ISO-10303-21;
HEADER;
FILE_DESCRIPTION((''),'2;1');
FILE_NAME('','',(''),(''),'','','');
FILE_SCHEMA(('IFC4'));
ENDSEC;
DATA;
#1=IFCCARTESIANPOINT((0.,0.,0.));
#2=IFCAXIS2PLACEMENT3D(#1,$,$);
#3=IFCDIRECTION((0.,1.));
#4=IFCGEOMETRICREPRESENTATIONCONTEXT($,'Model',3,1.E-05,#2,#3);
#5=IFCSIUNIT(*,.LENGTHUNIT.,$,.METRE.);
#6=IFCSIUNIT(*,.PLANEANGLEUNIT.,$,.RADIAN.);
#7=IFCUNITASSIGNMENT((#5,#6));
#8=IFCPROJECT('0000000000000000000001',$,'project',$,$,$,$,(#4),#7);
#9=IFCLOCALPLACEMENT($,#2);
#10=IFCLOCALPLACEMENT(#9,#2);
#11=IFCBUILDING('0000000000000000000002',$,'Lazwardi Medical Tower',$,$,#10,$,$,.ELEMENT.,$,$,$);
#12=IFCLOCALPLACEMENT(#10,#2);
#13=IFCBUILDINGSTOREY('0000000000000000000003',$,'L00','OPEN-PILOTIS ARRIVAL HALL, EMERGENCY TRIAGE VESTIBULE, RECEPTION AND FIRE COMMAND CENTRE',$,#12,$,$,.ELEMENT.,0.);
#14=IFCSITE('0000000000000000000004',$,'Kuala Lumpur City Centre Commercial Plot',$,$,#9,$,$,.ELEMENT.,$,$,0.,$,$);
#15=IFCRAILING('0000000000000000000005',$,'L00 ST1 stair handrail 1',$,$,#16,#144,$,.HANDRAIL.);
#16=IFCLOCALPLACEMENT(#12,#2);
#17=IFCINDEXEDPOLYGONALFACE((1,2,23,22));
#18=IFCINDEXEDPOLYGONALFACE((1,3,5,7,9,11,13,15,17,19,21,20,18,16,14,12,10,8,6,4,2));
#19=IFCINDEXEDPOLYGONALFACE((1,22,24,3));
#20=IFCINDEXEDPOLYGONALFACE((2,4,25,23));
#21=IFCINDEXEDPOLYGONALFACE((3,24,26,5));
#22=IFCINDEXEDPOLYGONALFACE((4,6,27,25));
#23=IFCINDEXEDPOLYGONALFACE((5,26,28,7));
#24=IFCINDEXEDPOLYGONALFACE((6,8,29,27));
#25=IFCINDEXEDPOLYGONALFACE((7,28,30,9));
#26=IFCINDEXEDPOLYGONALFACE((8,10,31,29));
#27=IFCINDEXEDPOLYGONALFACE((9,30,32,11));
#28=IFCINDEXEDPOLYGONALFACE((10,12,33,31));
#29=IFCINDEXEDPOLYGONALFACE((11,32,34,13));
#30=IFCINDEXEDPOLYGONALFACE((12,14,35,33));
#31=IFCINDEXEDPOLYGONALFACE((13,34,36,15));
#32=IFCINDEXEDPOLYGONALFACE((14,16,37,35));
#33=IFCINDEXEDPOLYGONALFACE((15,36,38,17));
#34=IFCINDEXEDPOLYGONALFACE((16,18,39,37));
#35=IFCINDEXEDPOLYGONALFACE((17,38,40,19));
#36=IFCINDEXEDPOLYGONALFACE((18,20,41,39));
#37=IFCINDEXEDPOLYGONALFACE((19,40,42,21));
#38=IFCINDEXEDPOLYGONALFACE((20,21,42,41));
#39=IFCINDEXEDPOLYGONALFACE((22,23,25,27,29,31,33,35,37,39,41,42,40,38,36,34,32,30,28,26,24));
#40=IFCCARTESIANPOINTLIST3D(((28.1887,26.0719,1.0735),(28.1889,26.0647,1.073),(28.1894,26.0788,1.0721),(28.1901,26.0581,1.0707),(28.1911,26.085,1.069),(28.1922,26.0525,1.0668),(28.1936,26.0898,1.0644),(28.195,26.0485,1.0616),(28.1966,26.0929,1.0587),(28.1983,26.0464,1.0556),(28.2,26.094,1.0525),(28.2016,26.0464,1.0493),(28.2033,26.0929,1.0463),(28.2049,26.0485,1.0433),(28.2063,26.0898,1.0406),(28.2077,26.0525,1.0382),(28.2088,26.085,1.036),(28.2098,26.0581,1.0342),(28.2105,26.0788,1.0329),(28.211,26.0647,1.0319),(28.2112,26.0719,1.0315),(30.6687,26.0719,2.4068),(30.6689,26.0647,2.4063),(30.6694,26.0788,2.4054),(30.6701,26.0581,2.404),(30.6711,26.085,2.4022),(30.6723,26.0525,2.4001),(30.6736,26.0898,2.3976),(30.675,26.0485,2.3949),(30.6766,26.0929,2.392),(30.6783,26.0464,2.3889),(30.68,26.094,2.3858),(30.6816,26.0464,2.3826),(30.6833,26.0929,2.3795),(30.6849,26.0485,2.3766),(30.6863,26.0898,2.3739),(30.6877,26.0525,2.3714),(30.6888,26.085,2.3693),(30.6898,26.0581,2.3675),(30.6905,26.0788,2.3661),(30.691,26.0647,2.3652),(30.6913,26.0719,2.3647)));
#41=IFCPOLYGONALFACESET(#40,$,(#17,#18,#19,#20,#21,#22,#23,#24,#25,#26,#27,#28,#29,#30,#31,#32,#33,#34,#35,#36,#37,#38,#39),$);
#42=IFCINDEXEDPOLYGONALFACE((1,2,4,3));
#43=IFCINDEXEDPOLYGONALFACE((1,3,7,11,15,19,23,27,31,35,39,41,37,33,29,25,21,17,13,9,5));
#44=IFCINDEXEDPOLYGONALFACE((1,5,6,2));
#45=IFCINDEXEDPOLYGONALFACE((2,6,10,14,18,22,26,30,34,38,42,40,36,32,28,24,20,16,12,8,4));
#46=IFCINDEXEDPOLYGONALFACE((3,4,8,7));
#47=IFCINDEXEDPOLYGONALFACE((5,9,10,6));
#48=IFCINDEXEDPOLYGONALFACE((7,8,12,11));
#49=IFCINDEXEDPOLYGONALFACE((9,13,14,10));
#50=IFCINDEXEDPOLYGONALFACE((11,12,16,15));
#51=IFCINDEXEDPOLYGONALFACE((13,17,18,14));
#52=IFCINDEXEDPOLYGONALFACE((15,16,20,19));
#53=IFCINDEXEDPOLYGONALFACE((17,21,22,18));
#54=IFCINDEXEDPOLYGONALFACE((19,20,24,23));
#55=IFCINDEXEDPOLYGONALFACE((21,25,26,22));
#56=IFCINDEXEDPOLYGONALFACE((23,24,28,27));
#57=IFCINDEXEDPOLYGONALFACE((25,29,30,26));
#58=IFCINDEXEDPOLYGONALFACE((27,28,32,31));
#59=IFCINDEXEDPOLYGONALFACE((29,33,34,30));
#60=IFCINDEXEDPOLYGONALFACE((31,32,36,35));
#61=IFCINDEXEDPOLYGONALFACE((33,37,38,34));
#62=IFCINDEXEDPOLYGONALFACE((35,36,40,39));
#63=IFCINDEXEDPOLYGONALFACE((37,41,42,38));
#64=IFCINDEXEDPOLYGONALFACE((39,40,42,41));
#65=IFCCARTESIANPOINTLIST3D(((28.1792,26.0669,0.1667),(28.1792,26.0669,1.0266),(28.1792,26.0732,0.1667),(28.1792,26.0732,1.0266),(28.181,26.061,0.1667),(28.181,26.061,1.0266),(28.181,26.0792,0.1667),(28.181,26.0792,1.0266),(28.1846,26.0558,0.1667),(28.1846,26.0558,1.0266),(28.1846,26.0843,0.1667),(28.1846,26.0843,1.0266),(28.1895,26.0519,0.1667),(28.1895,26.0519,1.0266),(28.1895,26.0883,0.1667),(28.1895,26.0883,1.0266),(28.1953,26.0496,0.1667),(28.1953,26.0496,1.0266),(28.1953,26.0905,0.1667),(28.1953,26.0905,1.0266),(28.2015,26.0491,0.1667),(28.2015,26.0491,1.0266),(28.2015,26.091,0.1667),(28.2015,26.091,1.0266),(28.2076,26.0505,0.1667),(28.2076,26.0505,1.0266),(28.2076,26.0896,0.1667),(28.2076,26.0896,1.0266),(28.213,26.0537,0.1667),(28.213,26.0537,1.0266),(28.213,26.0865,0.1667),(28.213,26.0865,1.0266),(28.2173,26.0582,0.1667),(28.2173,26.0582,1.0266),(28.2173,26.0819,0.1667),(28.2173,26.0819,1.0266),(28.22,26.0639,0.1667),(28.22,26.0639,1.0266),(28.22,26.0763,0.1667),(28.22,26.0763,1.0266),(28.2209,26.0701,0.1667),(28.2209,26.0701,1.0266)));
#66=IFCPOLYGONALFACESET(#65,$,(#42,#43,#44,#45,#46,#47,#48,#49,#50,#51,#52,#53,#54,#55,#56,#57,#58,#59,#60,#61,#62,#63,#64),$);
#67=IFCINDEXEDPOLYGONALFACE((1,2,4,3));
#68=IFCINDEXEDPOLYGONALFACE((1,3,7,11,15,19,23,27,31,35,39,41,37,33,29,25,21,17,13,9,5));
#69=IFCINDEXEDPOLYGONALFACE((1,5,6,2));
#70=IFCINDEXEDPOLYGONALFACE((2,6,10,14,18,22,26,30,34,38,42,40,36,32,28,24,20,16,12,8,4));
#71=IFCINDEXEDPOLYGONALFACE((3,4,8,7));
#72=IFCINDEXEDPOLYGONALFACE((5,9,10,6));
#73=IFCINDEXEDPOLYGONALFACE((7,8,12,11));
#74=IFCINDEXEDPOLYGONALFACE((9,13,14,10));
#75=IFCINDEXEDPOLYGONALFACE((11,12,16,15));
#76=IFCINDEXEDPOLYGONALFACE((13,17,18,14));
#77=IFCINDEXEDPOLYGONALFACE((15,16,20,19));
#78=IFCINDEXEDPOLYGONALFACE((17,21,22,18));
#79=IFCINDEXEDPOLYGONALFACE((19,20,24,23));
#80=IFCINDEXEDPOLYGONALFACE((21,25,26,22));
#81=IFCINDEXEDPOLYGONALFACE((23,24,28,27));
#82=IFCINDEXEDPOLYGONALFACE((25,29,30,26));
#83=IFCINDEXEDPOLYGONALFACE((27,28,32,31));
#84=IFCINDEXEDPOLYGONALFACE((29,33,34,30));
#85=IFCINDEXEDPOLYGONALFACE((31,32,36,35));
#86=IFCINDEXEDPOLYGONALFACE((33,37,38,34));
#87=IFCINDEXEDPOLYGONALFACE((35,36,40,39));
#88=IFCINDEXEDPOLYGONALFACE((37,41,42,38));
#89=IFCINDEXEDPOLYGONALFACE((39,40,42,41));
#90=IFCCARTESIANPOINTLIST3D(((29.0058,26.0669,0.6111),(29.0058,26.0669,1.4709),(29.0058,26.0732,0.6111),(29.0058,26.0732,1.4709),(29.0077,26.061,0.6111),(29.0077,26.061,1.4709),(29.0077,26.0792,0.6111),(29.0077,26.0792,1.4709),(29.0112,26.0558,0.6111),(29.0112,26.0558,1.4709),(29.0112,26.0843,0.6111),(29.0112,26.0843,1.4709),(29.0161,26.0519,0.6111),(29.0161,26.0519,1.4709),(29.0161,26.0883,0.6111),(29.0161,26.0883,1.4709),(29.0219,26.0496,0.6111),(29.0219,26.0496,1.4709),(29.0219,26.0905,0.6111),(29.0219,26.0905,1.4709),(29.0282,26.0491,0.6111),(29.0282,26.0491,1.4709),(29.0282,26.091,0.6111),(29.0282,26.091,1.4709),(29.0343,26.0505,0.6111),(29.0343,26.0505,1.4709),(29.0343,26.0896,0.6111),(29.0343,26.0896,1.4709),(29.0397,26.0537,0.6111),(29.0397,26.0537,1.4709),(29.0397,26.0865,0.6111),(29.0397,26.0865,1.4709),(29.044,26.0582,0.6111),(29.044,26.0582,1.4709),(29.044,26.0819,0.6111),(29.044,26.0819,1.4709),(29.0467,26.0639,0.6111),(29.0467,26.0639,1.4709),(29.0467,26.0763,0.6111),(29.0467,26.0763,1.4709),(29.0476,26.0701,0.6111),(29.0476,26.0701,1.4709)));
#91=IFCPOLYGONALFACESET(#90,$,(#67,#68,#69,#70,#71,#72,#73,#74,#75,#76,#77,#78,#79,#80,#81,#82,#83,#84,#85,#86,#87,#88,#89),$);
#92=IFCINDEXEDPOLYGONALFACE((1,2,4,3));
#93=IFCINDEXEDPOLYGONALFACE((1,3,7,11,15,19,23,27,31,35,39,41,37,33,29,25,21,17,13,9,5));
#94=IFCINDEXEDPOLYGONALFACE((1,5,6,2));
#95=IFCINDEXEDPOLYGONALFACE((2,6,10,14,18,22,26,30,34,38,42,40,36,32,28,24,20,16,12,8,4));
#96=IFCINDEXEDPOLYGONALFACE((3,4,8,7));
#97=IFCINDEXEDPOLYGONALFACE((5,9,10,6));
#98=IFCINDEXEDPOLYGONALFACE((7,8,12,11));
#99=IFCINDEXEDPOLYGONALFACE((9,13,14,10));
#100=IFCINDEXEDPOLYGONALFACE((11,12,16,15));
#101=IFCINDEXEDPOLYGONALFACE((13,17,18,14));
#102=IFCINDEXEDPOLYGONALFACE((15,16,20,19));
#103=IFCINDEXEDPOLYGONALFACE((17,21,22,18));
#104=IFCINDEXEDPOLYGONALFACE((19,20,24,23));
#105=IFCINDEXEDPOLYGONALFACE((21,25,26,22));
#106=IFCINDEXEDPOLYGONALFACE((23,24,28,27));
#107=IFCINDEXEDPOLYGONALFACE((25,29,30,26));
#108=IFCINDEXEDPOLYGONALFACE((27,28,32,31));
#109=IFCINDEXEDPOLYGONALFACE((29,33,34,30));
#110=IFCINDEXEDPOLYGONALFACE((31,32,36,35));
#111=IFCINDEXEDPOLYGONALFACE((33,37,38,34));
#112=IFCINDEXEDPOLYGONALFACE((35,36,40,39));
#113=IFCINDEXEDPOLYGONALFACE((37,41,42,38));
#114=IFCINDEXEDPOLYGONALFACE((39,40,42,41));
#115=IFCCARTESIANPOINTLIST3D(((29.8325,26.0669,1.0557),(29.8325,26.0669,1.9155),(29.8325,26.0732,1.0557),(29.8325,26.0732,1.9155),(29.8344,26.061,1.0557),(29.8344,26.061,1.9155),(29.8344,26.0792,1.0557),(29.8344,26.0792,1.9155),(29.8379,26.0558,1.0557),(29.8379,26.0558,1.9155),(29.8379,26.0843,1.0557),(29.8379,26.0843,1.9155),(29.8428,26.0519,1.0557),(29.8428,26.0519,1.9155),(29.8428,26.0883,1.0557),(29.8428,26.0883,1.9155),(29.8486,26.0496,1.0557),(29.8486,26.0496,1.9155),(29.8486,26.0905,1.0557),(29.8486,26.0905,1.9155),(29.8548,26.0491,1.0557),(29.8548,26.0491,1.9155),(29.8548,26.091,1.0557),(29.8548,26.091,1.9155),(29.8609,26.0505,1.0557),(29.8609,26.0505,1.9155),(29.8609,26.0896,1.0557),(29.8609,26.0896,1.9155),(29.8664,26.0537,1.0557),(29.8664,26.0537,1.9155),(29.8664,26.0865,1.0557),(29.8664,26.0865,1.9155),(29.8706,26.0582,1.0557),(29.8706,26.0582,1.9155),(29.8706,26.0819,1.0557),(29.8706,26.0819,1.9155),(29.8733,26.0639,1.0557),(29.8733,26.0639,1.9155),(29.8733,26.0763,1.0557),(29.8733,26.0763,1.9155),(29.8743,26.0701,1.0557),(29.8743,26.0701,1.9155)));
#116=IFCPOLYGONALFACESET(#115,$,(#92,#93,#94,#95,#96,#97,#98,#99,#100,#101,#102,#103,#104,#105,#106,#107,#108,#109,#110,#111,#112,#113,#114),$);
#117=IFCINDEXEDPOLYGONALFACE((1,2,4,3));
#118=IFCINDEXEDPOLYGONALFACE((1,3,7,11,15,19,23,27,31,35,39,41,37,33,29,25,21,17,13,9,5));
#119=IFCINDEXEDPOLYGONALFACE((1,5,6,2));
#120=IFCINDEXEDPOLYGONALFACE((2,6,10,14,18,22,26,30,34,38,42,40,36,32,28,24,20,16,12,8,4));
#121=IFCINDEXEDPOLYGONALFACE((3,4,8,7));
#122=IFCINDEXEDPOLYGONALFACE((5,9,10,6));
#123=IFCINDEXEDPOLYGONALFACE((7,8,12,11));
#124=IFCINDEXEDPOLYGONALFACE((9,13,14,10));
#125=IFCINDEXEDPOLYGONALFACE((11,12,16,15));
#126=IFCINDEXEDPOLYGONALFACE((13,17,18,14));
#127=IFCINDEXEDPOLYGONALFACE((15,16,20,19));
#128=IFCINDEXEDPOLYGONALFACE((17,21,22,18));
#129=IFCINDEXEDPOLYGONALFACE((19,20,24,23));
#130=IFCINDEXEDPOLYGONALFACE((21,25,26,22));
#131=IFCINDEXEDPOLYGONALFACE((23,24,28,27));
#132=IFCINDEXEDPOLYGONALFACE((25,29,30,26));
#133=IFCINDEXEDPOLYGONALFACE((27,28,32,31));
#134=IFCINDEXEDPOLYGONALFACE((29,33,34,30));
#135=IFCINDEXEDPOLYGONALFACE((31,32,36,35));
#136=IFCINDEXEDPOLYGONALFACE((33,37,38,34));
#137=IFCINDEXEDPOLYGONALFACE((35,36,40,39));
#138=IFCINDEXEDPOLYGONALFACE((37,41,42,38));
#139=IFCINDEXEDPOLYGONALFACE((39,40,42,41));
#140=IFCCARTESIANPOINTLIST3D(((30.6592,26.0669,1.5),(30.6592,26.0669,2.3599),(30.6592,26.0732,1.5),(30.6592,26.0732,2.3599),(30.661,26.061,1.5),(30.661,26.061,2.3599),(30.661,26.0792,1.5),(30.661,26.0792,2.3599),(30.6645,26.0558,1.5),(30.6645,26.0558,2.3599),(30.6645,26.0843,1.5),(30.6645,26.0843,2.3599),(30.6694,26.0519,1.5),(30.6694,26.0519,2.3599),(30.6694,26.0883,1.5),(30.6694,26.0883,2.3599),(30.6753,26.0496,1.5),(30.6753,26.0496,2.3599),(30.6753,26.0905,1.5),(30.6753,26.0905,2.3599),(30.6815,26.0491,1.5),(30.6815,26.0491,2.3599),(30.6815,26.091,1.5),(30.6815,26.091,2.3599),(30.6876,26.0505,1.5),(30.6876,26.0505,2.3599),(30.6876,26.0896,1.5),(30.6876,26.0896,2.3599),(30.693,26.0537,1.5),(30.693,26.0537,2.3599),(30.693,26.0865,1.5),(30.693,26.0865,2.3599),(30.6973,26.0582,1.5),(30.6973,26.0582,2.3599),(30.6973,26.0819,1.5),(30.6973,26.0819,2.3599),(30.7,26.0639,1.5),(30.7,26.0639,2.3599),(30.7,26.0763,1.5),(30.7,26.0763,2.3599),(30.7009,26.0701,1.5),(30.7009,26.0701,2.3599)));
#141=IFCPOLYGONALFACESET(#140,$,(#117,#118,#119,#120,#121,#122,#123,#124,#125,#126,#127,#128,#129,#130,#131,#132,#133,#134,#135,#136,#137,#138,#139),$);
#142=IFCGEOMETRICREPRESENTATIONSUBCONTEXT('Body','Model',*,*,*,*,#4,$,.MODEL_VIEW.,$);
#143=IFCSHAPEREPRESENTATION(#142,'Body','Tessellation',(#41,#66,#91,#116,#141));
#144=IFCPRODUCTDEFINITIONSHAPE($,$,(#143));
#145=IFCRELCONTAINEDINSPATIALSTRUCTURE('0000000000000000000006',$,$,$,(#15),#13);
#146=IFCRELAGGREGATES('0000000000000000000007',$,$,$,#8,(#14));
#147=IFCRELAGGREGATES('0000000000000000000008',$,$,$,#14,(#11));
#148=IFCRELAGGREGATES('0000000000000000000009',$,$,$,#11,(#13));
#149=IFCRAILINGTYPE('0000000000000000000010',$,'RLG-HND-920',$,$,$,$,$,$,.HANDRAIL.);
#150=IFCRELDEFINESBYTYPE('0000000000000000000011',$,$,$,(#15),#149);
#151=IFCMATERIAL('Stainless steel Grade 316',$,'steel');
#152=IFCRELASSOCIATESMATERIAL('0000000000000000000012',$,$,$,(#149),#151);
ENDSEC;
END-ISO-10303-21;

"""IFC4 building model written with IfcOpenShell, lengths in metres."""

from ifc_helpers import new_model, si_unit, direction, frame, origin, origin_2d, place, context, subcontext, project, spatial, circle, extrude, material, type_object, element, save


model = new_model("IFC4")

# Units and contexts
model_context = context("Model", 3, precision=1e-05, world=origin(), true_north=direction((0.0, 1.0)))
body_context = subcontext(model_context, "Body", "Model", "MODEL_VIEW")
ifc_project = project(units=[si_unit("LENGTHUNIT", "METRE"), si_unit("PLANEANGLEUNIT", "RADIAN")], contexts=[model_context])

# Site, building, storey
site_placement = place(None, origin())
site = spatial("IfcSite", under=ifc_project, at=site_placement, Name="Kuala Lumpur City Centre Commercial Plot", CompositionType="ELEMENT", RefElevation=0.0)
building_placement = place(site_placement, origin())
building = spatial("IfcBuilding", under=site, at=building_placement, Name="Lazwardi Medical Tower", CompositionType="ELEMENT")
storey_placement = place(building_placement, origin())
storey = spatial("IfcBuildingStorey", under=building, at=storey_placement, Name="L00", Description="OPEN-PILOTIS ARRIVAL HALL, EMERGENCY TRIAGE VESTIBULE, RECEPTION AND FIRE COMMAND CENTRE", CompositionType="ELEMENT", Elevation=0.0)

# Railing
ifc_material_1 = material(Name="Stainless steel Grade 316", Category="steel")
railing_type_1 = type_object("IfcRailingType", Name="RLG-HND-920", PredefinedType="HANDRAIL", material=ifc_material_1)
railing_1_placement = place(storey_placement, frame((28.2, 26.0701, 0.1667)))
element("IfcRailing", 1, at=railing_1_placement, inside=storey, type_object=railing_type_1, Name="L00 ST1 stair handrail 1", PredefinedType="HANDRAIL", context=body_context, shape_type="SweptSolid", body=[
    extrude(circle(Radius=0.0239, at=origin_2d()), frame((0.0, 0.0, 0.8857), z_axis=(0.880786, 0.0, 0.473515), x_axis=(0.0, 1.0, 0.0)), (0.0, 0.0, 1.0), 2.8157),
    extrude(circle(Radius=0.021, at=origin_2d()), origin(), (0.0, 0.0, 1.0), 0.8599),
    extrude(circle(Radius=0.021, at=origin_2d()), frame((0.8267, 0.0, 0.4443)), (0.0, 0.0, 1.0), 0.8599),
    extrude(circle(Radius=0.021, at=origin_2d()), frame((1.6533, 0.0, 0.8889)), (0.0, 0.0, 1.0), 0.8599),
    extrude(circle(Radius=0.021, at=origin_2d()), frame((2.48, 0.0, 1.3333)), (0.0, 0.0, 1.0), 0.8599),
])

save(model, "model.ifc")
